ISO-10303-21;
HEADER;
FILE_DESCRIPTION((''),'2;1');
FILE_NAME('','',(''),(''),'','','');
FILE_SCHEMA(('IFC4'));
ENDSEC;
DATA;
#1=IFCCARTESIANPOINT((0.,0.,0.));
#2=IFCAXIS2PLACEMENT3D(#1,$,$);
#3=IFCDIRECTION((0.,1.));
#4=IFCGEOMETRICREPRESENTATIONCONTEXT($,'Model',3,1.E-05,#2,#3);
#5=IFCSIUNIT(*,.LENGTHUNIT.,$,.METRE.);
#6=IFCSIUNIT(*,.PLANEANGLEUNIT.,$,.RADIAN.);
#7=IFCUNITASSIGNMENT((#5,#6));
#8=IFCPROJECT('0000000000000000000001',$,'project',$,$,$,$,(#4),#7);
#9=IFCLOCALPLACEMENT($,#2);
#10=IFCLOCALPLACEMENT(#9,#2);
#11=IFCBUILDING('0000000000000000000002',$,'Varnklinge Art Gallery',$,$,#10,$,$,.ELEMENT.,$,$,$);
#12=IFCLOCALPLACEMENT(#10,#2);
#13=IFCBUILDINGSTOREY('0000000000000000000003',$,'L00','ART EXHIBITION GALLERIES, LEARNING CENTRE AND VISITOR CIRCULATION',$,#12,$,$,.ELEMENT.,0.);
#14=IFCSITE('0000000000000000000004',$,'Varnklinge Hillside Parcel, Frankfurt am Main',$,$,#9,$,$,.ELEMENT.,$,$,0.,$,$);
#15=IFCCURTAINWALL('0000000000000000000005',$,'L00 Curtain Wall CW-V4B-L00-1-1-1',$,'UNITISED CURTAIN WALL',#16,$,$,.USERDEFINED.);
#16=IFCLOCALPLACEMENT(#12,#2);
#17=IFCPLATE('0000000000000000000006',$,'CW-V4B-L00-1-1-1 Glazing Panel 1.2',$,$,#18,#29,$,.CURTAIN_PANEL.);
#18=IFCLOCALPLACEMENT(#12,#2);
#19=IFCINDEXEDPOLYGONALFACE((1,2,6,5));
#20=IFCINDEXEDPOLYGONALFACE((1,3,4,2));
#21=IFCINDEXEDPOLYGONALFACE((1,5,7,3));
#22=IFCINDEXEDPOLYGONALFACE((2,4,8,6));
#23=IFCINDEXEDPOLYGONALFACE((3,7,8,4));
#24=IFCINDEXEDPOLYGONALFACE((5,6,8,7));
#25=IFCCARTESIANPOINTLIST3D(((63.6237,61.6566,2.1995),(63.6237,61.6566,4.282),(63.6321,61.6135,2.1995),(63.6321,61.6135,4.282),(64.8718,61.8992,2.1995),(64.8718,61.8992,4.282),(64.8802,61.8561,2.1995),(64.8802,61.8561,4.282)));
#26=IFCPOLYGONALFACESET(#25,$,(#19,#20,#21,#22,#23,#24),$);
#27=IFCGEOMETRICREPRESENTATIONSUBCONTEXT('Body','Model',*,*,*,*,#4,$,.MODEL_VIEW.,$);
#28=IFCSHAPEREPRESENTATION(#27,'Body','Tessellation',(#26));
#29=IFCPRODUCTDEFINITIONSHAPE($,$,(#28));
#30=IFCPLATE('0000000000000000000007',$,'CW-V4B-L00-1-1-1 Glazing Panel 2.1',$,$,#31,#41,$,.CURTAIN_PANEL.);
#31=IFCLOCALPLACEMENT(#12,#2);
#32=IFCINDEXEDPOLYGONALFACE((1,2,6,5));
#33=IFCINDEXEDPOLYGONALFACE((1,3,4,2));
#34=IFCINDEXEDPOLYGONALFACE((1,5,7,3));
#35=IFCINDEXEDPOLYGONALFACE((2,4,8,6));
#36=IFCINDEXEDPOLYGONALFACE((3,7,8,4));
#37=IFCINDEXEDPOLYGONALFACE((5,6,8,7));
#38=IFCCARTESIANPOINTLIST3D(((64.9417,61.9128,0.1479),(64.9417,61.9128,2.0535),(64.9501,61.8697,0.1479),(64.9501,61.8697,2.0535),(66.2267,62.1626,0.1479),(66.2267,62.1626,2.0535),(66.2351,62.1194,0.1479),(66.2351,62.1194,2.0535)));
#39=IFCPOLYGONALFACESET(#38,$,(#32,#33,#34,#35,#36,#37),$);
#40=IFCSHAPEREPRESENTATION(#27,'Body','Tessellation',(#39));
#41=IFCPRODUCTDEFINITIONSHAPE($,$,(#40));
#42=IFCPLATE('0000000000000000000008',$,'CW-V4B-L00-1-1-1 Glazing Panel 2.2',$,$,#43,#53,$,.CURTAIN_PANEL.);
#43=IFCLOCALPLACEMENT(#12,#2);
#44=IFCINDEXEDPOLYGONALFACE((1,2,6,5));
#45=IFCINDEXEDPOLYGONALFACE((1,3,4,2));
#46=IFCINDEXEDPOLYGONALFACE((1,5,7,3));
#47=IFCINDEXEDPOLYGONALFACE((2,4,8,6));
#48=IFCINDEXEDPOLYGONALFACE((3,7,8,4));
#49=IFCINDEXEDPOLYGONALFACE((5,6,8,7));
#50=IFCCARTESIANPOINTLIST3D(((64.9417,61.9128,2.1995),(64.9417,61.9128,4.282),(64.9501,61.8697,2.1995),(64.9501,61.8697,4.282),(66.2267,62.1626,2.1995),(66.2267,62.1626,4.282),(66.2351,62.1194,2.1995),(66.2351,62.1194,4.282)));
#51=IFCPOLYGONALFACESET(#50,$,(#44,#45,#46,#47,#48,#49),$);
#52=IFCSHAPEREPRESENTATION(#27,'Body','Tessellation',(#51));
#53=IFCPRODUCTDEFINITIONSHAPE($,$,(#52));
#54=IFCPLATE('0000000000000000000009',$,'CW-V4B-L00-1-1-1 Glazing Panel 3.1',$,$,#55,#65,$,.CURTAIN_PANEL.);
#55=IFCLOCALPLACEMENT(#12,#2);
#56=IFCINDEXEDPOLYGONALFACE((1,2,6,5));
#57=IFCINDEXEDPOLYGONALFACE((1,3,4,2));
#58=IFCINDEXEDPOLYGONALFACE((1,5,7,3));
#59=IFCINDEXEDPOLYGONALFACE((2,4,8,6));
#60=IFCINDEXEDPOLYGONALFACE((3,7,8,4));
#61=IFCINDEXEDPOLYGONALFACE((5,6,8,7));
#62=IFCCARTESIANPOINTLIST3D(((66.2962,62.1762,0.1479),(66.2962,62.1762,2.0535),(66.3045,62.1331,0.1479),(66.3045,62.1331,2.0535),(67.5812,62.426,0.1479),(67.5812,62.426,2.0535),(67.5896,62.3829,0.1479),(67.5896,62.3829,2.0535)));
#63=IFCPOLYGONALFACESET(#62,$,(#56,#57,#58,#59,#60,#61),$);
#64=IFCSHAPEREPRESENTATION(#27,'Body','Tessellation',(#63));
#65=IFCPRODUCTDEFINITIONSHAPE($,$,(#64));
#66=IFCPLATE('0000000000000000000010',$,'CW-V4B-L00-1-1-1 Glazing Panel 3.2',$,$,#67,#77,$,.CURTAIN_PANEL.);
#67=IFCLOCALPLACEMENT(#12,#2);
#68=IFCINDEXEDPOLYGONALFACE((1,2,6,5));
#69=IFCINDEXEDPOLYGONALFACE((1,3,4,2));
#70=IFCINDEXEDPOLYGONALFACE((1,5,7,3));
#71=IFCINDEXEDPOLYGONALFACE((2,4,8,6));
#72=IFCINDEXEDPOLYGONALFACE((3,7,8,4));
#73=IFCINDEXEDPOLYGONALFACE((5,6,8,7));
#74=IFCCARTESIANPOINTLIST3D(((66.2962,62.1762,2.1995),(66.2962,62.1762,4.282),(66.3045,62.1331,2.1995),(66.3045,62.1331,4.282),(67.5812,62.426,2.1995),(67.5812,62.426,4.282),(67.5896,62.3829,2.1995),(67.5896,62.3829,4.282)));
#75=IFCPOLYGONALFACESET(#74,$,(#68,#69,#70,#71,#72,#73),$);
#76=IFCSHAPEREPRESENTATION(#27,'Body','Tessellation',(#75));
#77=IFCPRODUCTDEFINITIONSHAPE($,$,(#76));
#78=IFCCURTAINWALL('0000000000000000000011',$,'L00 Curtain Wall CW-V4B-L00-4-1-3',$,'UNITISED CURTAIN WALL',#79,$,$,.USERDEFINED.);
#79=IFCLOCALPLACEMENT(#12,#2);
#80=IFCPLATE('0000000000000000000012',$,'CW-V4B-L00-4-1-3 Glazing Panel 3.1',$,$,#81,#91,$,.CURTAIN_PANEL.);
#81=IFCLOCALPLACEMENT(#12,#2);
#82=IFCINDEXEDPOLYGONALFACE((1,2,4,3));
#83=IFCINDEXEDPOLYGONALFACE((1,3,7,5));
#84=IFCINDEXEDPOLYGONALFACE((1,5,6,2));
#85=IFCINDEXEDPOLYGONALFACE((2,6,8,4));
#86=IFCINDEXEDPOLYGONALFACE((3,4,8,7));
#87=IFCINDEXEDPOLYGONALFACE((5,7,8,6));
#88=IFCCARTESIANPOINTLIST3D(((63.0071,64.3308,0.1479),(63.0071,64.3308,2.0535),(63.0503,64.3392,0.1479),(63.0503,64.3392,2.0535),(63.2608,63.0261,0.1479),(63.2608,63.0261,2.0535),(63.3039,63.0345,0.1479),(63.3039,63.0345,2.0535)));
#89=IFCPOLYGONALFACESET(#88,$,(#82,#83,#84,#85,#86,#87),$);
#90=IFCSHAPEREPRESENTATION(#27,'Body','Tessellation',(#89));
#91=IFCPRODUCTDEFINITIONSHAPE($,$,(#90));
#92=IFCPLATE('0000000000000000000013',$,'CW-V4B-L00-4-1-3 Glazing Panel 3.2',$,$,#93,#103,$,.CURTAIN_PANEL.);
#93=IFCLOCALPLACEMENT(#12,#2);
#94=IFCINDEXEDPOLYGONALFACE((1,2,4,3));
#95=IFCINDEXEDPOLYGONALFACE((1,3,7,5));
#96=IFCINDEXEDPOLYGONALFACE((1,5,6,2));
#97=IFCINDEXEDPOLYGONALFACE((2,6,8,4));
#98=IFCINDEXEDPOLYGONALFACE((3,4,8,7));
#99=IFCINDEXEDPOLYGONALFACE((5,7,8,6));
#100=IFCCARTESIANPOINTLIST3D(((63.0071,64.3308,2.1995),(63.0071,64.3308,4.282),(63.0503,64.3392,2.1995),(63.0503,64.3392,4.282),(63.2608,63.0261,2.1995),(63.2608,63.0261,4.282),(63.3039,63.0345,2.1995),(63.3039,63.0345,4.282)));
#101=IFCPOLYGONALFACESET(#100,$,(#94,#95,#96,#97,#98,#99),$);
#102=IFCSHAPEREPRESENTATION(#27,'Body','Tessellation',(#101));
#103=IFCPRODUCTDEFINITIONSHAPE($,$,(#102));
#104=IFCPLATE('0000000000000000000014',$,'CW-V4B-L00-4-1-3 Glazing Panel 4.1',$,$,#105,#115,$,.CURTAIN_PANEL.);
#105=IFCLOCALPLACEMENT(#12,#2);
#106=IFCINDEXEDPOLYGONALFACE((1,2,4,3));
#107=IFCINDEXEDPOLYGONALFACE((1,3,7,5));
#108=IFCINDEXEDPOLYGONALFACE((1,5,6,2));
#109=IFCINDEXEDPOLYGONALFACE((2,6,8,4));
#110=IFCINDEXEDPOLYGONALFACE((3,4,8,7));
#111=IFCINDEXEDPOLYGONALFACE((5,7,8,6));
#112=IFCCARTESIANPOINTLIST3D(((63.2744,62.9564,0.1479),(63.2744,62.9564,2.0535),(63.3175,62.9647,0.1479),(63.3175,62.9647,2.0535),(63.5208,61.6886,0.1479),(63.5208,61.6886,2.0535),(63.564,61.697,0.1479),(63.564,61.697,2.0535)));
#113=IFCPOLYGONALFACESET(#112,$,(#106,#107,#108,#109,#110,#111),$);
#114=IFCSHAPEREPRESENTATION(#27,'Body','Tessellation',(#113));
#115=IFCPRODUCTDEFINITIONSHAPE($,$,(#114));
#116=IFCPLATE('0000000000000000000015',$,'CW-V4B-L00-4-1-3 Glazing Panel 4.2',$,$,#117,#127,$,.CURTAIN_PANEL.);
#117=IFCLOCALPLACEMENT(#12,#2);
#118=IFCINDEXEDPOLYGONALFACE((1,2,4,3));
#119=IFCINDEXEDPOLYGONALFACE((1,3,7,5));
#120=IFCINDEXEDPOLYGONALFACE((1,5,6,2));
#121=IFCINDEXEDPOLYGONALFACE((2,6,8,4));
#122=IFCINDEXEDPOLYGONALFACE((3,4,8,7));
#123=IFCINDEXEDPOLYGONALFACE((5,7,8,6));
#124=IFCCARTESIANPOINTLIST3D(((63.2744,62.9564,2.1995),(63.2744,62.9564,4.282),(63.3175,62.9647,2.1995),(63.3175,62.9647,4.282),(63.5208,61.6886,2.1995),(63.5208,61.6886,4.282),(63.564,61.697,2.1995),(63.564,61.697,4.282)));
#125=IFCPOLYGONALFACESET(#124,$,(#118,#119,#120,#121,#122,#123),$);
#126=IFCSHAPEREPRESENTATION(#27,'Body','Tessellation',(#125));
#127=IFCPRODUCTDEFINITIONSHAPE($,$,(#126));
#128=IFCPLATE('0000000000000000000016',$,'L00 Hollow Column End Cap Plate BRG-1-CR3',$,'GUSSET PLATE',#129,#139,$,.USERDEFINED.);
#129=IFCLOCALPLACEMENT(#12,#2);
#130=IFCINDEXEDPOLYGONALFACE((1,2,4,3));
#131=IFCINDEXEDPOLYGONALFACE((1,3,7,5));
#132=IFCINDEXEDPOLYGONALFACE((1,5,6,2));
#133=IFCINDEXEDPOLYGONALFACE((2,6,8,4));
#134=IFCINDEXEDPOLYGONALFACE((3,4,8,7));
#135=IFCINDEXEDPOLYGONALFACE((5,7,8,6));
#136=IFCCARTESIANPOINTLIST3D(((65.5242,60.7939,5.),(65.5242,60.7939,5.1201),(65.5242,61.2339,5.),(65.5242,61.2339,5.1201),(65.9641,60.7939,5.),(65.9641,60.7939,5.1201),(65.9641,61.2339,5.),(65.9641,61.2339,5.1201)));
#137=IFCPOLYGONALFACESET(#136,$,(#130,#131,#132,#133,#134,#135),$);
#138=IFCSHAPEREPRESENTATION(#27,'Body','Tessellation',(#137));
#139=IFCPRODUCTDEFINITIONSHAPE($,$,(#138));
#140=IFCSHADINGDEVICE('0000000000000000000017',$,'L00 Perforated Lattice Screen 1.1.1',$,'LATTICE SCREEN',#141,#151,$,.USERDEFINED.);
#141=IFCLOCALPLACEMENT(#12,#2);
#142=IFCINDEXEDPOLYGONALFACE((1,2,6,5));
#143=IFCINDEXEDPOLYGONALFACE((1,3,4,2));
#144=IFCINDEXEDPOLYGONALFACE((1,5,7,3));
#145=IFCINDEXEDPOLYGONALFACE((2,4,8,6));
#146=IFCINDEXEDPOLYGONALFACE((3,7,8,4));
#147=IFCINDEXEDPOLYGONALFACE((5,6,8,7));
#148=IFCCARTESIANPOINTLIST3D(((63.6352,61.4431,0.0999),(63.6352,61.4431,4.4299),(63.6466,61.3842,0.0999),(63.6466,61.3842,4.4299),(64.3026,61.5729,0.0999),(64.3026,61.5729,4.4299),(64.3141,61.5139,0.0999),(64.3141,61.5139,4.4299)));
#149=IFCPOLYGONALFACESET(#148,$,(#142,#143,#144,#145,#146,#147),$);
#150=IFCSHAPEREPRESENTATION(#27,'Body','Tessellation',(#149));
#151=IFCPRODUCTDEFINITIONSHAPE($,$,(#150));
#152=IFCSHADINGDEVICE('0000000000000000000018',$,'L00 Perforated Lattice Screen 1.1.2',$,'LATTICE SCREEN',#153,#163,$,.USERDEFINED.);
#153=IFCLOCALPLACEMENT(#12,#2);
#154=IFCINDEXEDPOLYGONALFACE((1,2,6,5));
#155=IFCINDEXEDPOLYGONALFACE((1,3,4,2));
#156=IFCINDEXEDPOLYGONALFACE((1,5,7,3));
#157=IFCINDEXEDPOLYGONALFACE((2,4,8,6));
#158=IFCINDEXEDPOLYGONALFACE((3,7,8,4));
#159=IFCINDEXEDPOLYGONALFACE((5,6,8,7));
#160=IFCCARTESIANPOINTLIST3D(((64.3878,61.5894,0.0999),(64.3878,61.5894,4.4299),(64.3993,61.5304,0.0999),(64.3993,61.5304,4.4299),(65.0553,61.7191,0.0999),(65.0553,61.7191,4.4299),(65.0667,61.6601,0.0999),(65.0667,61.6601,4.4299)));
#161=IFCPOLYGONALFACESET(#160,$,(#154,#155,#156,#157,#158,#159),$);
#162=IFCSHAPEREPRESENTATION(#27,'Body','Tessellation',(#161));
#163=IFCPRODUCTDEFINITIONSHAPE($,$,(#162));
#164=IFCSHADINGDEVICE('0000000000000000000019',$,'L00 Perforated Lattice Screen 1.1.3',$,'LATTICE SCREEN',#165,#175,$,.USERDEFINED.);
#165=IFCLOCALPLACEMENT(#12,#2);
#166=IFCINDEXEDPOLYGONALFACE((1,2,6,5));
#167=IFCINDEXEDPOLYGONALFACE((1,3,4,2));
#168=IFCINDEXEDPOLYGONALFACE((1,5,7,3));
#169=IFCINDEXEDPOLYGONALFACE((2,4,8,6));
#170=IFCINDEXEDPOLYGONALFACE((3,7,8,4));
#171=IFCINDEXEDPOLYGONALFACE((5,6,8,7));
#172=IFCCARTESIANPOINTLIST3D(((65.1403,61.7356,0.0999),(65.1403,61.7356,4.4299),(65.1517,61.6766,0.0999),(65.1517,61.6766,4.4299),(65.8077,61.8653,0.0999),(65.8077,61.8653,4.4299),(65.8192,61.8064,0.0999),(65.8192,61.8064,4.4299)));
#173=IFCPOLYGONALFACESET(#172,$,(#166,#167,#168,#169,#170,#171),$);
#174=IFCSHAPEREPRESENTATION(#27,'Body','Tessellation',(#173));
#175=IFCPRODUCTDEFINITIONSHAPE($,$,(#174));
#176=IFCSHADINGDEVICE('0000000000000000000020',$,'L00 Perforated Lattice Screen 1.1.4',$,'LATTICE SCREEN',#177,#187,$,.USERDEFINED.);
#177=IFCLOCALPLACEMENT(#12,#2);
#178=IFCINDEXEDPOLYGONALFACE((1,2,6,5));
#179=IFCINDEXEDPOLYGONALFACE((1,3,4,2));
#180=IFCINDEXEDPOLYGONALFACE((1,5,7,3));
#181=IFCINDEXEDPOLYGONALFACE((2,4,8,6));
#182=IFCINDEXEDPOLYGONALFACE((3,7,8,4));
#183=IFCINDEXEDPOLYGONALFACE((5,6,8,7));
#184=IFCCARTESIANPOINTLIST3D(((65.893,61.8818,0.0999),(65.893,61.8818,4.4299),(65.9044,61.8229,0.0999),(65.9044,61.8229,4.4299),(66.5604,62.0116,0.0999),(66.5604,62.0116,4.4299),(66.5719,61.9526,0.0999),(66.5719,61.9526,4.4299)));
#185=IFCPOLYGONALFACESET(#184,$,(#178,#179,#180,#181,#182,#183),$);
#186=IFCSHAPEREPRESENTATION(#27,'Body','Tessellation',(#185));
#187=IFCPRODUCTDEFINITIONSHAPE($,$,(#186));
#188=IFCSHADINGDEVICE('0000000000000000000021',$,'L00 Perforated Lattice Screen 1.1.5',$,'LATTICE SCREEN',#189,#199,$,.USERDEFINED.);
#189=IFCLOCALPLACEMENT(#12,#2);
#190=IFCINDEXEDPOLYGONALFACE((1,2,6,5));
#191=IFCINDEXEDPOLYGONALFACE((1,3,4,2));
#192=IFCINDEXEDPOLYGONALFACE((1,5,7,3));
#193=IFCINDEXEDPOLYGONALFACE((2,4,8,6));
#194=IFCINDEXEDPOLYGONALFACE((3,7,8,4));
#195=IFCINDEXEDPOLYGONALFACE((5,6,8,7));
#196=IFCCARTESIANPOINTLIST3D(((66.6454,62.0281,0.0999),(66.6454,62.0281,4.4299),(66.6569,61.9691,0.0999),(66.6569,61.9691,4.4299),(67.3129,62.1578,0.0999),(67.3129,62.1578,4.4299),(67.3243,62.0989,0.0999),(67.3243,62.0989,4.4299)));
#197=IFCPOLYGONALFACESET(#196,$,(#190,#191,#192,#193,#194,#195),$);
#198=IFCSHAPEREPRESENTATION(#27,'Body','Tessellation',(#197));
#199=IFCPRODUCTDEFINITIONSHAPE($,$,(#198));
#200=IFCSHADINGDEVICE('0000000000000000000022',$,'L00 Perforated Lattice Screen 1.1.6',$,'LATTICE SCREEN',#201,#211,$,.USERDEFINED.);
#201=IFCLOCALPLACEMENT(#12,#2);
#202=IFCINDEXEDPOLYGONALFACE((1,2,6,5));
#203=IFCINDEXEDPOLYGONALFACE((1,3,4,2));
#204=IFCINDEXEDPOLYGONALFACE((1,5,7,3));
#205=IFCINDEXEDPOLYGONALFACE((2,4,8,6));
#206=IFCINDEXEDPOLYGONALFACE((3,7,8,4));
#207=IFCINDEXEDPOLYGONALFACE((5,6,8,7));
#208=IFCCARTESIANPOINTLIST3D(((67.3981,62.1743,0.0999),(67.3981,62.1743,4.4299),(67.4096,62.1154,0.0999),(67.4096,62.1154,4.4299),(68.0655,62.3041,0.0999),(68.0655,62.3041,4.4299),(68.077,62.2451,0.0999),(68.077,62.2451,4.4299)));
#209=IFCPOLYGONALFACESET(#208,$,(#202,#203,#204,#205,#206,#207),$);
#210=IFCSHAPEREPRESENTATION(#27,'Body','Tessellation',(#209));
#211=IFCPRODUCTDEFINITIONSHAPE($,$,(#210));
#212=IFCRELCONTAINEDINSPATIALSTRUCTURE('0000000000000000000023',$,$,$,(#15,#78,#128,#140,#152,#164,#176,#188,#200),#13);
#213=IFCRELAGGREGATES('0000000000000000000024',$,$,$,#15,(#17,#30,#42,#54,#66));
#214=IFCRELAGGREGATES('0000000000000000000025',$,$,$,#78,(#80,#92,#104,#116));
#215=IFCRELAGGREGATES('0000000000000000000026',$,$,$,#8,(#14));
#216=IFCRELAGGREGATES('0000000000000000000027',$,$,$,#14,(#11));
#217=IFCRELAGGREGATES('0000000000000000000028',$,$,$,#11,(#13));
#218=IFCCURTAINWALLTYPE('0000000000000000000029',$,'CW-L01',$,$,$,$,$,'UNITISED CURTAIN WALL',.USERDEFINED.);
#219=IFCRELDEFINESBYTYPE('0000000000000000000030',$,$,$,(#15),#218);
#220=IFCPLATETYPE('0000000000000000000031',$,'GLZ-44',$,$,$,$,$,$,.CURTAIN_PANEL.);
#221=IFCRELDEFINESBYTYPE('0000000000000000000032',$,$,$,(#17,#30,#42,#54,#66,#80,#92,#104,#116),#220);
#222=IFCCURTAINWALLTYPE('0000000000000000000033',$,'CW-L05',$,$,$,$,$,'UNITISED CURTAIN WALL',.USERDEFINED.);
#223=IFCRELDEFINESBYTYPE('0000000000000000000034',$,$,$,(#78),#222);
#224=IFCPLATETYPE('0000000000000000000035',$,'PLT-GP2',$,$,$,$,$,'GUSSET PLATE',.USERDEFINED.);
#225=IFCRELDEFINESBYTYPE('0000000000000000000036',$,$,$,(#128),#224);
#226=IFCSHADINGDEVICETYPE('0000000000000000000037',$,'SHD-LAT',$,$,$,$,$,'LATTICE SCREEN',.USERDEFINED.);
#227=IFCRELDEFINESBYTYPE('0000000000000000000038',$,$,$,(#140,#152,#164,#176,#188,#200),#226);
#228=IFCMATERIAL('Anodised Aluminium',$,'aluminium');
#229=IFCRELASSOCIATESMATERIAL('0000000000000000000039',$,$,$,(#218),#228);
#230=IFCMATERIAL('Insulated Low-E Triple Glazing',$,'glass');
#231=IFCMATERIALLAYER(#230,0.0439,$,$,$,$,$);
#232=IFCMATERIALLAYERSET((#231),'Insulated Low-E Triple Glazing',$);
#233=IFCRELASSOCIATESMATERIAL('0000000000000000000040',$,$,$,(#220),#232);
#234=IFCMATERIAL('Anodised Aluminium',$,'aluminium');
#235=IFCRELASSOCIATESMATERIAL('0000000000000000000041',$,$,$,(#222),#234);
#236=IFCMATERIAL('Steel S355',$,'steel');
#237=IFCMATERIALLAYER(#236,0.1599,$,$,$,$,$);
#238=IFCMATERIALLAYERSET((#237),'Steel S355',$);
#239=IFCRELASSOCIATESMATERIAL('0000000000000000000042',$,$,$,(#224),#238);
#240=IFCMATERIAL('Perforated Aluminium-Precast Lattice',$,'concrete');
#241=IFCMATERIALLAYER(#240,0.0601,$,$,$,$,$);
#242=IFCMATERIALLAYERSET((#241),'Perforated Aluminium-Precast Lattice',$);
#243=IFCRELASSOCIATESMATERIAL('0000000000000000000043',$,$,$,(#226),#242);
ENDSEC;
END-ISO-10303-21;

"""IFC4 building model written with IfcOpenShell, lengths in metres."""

from ifc_helpers import new_model, si_unit, direction, frame, origin, origin_2d, place, context, subcontext, project, spatial, rectangle, extrude, material, layer, layer_set, type_object, element, aggregate, save


model = new_model("IFC4")

# Units and contexts
model_context = context("Model", 3, precision=1e-05, world=origin(), true_north=direction((0.0, 1.0)))
body_context = subcontext(model_context, "Body", "Model", "MODEL_VIEW")
ifc_project = project(units=[si_unit("LENGTHUNIT", "METRE"), si_unit("PLANEANGLEUNIT", "RADIAN")], contexts=[model_context])

# Site, building, storey
site_placement = place(None, origin())
site = spatial("IfcSite", under=ifc_project, at=site_placement, Name="Varnklinge Hillside Parcel, Frankfurt am Main", CompositionType="ELEMENT", RefElevation=0.0)
building_placement = place(site_placement, origin())
building = spatial("IfcBuilding", under=site, at=building_placement, Name="Varnklinge Art Gallery", CompositionType="ELEMENT")
storey_placement = place(building_placement, origin())
storey = spatial("IfcBuildingStorey", under=building, at=storey_placement, Name="L00", Description="ART EXHIBITION GALLERIES, LEARNING CENTRE AND VISITOR CIRCULATION", CompositionType="ELEMENT", Elevation=0.0)

# Curtain wall, plates
ifc_material_1 = material(Name="Anodised Aluminium", Category="aluminium")
curtain_wall_type_1 = type_object("IfcCurtainWallType", Name="CW-L01", ElementType="UNITISED CURTAIN WALL", PredefinedType="USERDEFINED", material=ifc_material_1)
curtain_wall_1_placement = place(storey_placement, origin())
curtain_wall_1 = element("IfcCurtainWall", 1, at=curtain_wall_1_placement, inside=storey, type_object=curtain_wall_type_1, Name="L00 Curtain Wall CW-V4B-L00-1-1-1", ObjectType="UNITISED CURTAIN WALL", PredefinedType="USERDEFINED")
ifc_material_2 = material(Name="Insulated Low-E Triple Glazing", Category="glass")
ifc_layer_1 = layer(ifc_material_2, 0.0439)
ifc_layer_set_1 = layer_set([ifc_layer_1], Name="Insulated Low-E Triple Glazing")
plate_type_1 = type_object("IfcPlateType", Name="GLZ-44", PredefinedType="CURTAIN_PANEL", material=ifc_layer_set_1)
plate_1_placement = place(storey_placement, frame((64.252, 61.7563, 2.1995), z_axis=(0.0, 0.0, 1.0), x_axis=(0.981627, 0.190809, 0.0)))
plate_1 = element("IfcPlate", 2, at=plate_1_placement, type_object=plate_type_1, Name="CW-V4B-L00-1-1-1 Glazing Panel 1.2", PredefinedType="CURTAIN_PANEL", context=body_context, shape_type="SweptSolid", body=[
    extrude(rectangle(XDim=1.2715, YDim=0.0439, at=origin_2d()), origin(), (0.0, 0.0, 1.0), 2.0825),
])
plate_2_placement = place(storey_placement, frame((65.5884, 62.0161, 0.1479), z_axis=(0.0, 0.0, 1.0), x_axis=(0.981627, 0.190809, 0.0)))
plate_2 = element("IfcPlate", 3, at=plate_2_placement, type_object=plate_type_1, Name="CW-V4B-L00-1-1-1 Glazing Panel 2.1", PredefinedType="CURTAIN_PANEL", context=body_context, shape_type="SweptSolid", body=[
    extrude(rectangle(XDim=1.3091, YDim=0.0439, at=origin_2d()), origin(), (0.0, 0.0, 1.0), 1.9055),
])
plate_3_placement = place(storey_placement, frame((65.5884, 62.0161, 2.1995), z_axis=(0.0, 0.0, 1.0), x_axis=(0.981627, 0.190809, 0.0)))
plate_3 = element("IfcPlate", 4, at=plate_3_placement, type_object=plate_type_1, Name="CW-V4B-L00-1-1-1 Glazing Panel 2.2", PredefinedType="CURTAIN_PANEL", context=body_context, shape_type="SweptSolid", body=[
    extrude(rectangle(XDim=1.3091, YDim=0.0439, at=origin_2d()), origin(), (0.0, 0.0, 1.0), 2.0825),
])
plate_4_placement = place(storey_placement, frame((66.9429, 62.2795, 0.1479), z_axis=(0.0, 0.0, 1.0), x_axis=(0.981627, 0.190809, 0.0)))
plate_4 = element("IfcPlate", 5, at=plate_4_placement, type_object=plate_type_1, Name="CW-V4B-L00-1-1-1 Glazing Panel 3.1", PredefinedType="CURTAIN_PANEL", context=body_context, shape_type="SweptSolid", body=[
    extrude(rectangle(XDim=1.3091, YDim=0.0439, at=origin_2d()), origin(), (0.0, 0.0, 1.0), 1.9055),
])
plate_5_placement = place(storey_placement, frame((66.9429, 62.2795, 2.1995), z_axis=(0.0, 0.0, 1.0), x_axis=(0.981627, 0.190809, 0.0)))
plate_5 = element("IfcPlate", 6, at=plate_5_placement, type_object=plate_type_1, Name="CW-V4B-L00-1-1-1 Glazing Panel 3.2", PredefinedType="CURTAIN_PANEL", context=body_context, shape_type="SweptSolid", body=[
    extrude(rectangle(XDim=1.3091, YDim=0.0439, at=origin_2d()), origin(), (0.0, 0.0, 1.0), 2.0825),
])
aggregate(curtain_wall_1, [plate_1, plate_2, plate_3, plate_4, plate_5])

# Curtain wall, plates
ifc_material_3 = material(Name="Anodised Aluminium", Category="aluminium")
curtain_wall_type_2 = type_object("IfcCurtainWallType", Name="CW-L05", ElementType="UNITISED CURTAIN WALL", PredefinedType="USERDEFINED", material=ifc_material_3)
curtain_wall_2_placement = place(storey_placement, origin())
curtain_wall_2 = element("IfcCurtainWall", 7, at=curtain_wall_2_placement, inside=storey, type_object=curtain_wall_type_2, Name="L00 Curtain Wall CW-V4B-L00-4-1-3", ObjectType="UNITISED CURTAIN WALL", PredefinedType="USERDEFINED")
plate_6_placement = place(storey_placement, frame((63.1555, 63.6826, 0.1479), z_axis=(0.0, 0.0, 1.0), x_axis=(0.190809, -0.981627, 0.0)))
plate_6 = element("IfcPlate", 8, at=plate_6_placement, type_object=plate_type_1, Name="CW-V4B-L00-4-1-3 Glazing Panel 3.1", PredefinedType="CURTAIN_PANEL", context=body_context, shape_type="SweptSolid", body=[
    extrude(rectangle(XDim=1.3291, YDim=0.0439, at=origin_2d()), origin(), (0.0, 0.0, 1.0), 1.9055),
])
plate_7_placement = place(storey_placement, frame((63.1555, 63.6826, 2.1995), z_axis=(0.0, 0.0, 1.0), x_axis=(0.190809, -0.981627, 0.0)))
plate_7 = element("IfcPlate", 9, at=plate_7_placement, type_object=plate_type_1, Name="CW-V4B-L00-4-1-3 Glazing Panel 3.2", PredefinedType="CURTAIN_PANEL", context=body_context, shape_type="SweptSolid", body=[
    extrude(rectangle(XDim=1.3291, YDim=0.0439, at=origin_2d()), origin(), (0.0, 0.0, 1.0), 2.0825),
])
plate_8_placement = place(storey_placement, frame((63.4192, 62.3267, 0.1479), z_axis=(0.0, 0.0, 1.0), x_axis=(0.190809, -0.981627, 0.0)))
plate_8 = element("IfcPlate", 10, at=plate_8_placement, type_object=plate_type_1, Name="CW-V4B-L00-4-1-3 Glazing Panel 4.1", PredefinedType="CURTAIN_PANEL", context=body_context, shape_type="SweptSolid", body=[
    extrude(rectangle(XDim=1.2915, YDim=0.0439, at=origin_2d()), origin(), (0.0, 0.0, 1.0), 1.9055),
])
plate_9_placement = place(storey_placement, frame((63.4192, 62.3267, 2.1995), z_axis=(0.0, 0.0, 1.0), x_axis=(0.190809, -0.981627, 0.0)))
plate_9 = element("IfcPlate", 11, at=plate_9_placement, type_object=plate_type_1, Name="CW-V4B-L00-4-1-3 Glazing Panel 4.2", PredefinedType="CURTAIN_PANEL", context=body_context, shape_type="SweptSolid", body=[
    extrude(rectangle(XDim=1.2915, YDim=0.0439, at=origin_2d()), origin(), (0.0, 0.0, 1.0), 2.0825),
])
aggregate(curtain_wall_2, [plate_6, plate_7, plate_8, plate_9])

# Plate
ifc_material_4 = material(Name="Steel S355", Category="steel")
ifc_layer_2 = layer(ifc_material_4, 0.1599)
ifc_layer_set_2 = layer_set([ifc_layer_2], Name="Steel S355")
plate_type_2 = type_object("IfcPlateType", Name="PLT-GP2", ElementType="GUSSET PLATE", PredefinedType="USERDEFINED", material=ifc_layer_set_2)
plate_10_placement = place(storey_placement, frame((65.7441, 61.0139, 5.0), z_axis=(0.0, 0.0, 1.0), x_axis=(1.0, 0.0, 0.0)))
element("IfcPlate", 12, at=plate_10_placement, inside=storey, type_object=plate_type_2, Name="L00 Hollow Column End Cap Plate BRG-1-CR3", ObjectType="GUSSET PLATE", PredefinedType="USERDEFINED", context=body_context, shape_type="SweptSolid", body=[
    extrude(rectangle(XDim=0.4399, YDim=0.4399, at=origin_2d()), origin(), (0.0, 0.0, 1.0), 0.1201),
])

# Shading devices
ifc_material_5 = material(Name="Perforated Aluminium-Precast Lattice", Category="concrete")
ifc_layer_3 = layer(ifc_material_5, 0.0601)
ifc_layer_set_3 = layer_set([ifc_layer_3], Name="Perforated Aluminium-Precast Lattice")
shading_device_type = type_object("IfcShadingDeviceType", Name="SHD-LAT", ElementType="LATTICE SCREEN", PredefinedType="USERDEFINED", material=ifc_layer_set_3)
for number, where, z_axis, x_axis, name in (
    (13, (63.9746, 61.4785, 0.0999), (0.0, 0.0, 1.0), (0.981627, 0.190809, 0.0), "L00 Perforated Lattice Screen 1.1.1"),
    (14, (64.7273, 61.6248, 0.0999), (0.0, 0.0, 1.0), (0.981627, 0.190809, 0.0), "L00 Perforated Lattice Screen 1.1.2"),
    (15, (65.4797, 61.771, 0.0999), (0.0, 0.0, 1.0), (0.981627, 0.190809, 0.0), "L00 Perforated Lattice Screen 1.1.3"),
    (16, (66.2324, 61.9172, 0.0999), (0.0, 0.0, 1.0), (0.981627, 0.190809, 0.0), "L00 Perforated Lattice Screen 1.1.4"),
    (17, (66.9849, 62.0635, 0.0999), (0.0, 0.0, 1.0), (0.981627, 0.190809, 0.0), "L00 Perforated Lattice Screen 1.1.5"),
    (18, (67.7375, 62.2097, 0.0999), (0.0, 0.0, 1.0), (0.981627, 0.190809, 0.0), "L00 Perforated Lattice Screen 1.1.6"),
):
    element("IfcShadingDevice", number, at=place(storey_placement, frame(where, z_axis=z_axis, x_axis=x_axis)), inside=storey, type_object=shading_device_type, Name=name, ObjectType="LATTICE SCREEN", PredefinedType="USERDEFINED", context=body_context, shape_type="SweptSolid", body=[
        extrude(rectangle(XDim=0.6799, YDim=0.0601, at=origin_2d()), origin(), (0.0, 0.0, 1.0), 4.3301),
    ])

save(model, "model.ifc")
